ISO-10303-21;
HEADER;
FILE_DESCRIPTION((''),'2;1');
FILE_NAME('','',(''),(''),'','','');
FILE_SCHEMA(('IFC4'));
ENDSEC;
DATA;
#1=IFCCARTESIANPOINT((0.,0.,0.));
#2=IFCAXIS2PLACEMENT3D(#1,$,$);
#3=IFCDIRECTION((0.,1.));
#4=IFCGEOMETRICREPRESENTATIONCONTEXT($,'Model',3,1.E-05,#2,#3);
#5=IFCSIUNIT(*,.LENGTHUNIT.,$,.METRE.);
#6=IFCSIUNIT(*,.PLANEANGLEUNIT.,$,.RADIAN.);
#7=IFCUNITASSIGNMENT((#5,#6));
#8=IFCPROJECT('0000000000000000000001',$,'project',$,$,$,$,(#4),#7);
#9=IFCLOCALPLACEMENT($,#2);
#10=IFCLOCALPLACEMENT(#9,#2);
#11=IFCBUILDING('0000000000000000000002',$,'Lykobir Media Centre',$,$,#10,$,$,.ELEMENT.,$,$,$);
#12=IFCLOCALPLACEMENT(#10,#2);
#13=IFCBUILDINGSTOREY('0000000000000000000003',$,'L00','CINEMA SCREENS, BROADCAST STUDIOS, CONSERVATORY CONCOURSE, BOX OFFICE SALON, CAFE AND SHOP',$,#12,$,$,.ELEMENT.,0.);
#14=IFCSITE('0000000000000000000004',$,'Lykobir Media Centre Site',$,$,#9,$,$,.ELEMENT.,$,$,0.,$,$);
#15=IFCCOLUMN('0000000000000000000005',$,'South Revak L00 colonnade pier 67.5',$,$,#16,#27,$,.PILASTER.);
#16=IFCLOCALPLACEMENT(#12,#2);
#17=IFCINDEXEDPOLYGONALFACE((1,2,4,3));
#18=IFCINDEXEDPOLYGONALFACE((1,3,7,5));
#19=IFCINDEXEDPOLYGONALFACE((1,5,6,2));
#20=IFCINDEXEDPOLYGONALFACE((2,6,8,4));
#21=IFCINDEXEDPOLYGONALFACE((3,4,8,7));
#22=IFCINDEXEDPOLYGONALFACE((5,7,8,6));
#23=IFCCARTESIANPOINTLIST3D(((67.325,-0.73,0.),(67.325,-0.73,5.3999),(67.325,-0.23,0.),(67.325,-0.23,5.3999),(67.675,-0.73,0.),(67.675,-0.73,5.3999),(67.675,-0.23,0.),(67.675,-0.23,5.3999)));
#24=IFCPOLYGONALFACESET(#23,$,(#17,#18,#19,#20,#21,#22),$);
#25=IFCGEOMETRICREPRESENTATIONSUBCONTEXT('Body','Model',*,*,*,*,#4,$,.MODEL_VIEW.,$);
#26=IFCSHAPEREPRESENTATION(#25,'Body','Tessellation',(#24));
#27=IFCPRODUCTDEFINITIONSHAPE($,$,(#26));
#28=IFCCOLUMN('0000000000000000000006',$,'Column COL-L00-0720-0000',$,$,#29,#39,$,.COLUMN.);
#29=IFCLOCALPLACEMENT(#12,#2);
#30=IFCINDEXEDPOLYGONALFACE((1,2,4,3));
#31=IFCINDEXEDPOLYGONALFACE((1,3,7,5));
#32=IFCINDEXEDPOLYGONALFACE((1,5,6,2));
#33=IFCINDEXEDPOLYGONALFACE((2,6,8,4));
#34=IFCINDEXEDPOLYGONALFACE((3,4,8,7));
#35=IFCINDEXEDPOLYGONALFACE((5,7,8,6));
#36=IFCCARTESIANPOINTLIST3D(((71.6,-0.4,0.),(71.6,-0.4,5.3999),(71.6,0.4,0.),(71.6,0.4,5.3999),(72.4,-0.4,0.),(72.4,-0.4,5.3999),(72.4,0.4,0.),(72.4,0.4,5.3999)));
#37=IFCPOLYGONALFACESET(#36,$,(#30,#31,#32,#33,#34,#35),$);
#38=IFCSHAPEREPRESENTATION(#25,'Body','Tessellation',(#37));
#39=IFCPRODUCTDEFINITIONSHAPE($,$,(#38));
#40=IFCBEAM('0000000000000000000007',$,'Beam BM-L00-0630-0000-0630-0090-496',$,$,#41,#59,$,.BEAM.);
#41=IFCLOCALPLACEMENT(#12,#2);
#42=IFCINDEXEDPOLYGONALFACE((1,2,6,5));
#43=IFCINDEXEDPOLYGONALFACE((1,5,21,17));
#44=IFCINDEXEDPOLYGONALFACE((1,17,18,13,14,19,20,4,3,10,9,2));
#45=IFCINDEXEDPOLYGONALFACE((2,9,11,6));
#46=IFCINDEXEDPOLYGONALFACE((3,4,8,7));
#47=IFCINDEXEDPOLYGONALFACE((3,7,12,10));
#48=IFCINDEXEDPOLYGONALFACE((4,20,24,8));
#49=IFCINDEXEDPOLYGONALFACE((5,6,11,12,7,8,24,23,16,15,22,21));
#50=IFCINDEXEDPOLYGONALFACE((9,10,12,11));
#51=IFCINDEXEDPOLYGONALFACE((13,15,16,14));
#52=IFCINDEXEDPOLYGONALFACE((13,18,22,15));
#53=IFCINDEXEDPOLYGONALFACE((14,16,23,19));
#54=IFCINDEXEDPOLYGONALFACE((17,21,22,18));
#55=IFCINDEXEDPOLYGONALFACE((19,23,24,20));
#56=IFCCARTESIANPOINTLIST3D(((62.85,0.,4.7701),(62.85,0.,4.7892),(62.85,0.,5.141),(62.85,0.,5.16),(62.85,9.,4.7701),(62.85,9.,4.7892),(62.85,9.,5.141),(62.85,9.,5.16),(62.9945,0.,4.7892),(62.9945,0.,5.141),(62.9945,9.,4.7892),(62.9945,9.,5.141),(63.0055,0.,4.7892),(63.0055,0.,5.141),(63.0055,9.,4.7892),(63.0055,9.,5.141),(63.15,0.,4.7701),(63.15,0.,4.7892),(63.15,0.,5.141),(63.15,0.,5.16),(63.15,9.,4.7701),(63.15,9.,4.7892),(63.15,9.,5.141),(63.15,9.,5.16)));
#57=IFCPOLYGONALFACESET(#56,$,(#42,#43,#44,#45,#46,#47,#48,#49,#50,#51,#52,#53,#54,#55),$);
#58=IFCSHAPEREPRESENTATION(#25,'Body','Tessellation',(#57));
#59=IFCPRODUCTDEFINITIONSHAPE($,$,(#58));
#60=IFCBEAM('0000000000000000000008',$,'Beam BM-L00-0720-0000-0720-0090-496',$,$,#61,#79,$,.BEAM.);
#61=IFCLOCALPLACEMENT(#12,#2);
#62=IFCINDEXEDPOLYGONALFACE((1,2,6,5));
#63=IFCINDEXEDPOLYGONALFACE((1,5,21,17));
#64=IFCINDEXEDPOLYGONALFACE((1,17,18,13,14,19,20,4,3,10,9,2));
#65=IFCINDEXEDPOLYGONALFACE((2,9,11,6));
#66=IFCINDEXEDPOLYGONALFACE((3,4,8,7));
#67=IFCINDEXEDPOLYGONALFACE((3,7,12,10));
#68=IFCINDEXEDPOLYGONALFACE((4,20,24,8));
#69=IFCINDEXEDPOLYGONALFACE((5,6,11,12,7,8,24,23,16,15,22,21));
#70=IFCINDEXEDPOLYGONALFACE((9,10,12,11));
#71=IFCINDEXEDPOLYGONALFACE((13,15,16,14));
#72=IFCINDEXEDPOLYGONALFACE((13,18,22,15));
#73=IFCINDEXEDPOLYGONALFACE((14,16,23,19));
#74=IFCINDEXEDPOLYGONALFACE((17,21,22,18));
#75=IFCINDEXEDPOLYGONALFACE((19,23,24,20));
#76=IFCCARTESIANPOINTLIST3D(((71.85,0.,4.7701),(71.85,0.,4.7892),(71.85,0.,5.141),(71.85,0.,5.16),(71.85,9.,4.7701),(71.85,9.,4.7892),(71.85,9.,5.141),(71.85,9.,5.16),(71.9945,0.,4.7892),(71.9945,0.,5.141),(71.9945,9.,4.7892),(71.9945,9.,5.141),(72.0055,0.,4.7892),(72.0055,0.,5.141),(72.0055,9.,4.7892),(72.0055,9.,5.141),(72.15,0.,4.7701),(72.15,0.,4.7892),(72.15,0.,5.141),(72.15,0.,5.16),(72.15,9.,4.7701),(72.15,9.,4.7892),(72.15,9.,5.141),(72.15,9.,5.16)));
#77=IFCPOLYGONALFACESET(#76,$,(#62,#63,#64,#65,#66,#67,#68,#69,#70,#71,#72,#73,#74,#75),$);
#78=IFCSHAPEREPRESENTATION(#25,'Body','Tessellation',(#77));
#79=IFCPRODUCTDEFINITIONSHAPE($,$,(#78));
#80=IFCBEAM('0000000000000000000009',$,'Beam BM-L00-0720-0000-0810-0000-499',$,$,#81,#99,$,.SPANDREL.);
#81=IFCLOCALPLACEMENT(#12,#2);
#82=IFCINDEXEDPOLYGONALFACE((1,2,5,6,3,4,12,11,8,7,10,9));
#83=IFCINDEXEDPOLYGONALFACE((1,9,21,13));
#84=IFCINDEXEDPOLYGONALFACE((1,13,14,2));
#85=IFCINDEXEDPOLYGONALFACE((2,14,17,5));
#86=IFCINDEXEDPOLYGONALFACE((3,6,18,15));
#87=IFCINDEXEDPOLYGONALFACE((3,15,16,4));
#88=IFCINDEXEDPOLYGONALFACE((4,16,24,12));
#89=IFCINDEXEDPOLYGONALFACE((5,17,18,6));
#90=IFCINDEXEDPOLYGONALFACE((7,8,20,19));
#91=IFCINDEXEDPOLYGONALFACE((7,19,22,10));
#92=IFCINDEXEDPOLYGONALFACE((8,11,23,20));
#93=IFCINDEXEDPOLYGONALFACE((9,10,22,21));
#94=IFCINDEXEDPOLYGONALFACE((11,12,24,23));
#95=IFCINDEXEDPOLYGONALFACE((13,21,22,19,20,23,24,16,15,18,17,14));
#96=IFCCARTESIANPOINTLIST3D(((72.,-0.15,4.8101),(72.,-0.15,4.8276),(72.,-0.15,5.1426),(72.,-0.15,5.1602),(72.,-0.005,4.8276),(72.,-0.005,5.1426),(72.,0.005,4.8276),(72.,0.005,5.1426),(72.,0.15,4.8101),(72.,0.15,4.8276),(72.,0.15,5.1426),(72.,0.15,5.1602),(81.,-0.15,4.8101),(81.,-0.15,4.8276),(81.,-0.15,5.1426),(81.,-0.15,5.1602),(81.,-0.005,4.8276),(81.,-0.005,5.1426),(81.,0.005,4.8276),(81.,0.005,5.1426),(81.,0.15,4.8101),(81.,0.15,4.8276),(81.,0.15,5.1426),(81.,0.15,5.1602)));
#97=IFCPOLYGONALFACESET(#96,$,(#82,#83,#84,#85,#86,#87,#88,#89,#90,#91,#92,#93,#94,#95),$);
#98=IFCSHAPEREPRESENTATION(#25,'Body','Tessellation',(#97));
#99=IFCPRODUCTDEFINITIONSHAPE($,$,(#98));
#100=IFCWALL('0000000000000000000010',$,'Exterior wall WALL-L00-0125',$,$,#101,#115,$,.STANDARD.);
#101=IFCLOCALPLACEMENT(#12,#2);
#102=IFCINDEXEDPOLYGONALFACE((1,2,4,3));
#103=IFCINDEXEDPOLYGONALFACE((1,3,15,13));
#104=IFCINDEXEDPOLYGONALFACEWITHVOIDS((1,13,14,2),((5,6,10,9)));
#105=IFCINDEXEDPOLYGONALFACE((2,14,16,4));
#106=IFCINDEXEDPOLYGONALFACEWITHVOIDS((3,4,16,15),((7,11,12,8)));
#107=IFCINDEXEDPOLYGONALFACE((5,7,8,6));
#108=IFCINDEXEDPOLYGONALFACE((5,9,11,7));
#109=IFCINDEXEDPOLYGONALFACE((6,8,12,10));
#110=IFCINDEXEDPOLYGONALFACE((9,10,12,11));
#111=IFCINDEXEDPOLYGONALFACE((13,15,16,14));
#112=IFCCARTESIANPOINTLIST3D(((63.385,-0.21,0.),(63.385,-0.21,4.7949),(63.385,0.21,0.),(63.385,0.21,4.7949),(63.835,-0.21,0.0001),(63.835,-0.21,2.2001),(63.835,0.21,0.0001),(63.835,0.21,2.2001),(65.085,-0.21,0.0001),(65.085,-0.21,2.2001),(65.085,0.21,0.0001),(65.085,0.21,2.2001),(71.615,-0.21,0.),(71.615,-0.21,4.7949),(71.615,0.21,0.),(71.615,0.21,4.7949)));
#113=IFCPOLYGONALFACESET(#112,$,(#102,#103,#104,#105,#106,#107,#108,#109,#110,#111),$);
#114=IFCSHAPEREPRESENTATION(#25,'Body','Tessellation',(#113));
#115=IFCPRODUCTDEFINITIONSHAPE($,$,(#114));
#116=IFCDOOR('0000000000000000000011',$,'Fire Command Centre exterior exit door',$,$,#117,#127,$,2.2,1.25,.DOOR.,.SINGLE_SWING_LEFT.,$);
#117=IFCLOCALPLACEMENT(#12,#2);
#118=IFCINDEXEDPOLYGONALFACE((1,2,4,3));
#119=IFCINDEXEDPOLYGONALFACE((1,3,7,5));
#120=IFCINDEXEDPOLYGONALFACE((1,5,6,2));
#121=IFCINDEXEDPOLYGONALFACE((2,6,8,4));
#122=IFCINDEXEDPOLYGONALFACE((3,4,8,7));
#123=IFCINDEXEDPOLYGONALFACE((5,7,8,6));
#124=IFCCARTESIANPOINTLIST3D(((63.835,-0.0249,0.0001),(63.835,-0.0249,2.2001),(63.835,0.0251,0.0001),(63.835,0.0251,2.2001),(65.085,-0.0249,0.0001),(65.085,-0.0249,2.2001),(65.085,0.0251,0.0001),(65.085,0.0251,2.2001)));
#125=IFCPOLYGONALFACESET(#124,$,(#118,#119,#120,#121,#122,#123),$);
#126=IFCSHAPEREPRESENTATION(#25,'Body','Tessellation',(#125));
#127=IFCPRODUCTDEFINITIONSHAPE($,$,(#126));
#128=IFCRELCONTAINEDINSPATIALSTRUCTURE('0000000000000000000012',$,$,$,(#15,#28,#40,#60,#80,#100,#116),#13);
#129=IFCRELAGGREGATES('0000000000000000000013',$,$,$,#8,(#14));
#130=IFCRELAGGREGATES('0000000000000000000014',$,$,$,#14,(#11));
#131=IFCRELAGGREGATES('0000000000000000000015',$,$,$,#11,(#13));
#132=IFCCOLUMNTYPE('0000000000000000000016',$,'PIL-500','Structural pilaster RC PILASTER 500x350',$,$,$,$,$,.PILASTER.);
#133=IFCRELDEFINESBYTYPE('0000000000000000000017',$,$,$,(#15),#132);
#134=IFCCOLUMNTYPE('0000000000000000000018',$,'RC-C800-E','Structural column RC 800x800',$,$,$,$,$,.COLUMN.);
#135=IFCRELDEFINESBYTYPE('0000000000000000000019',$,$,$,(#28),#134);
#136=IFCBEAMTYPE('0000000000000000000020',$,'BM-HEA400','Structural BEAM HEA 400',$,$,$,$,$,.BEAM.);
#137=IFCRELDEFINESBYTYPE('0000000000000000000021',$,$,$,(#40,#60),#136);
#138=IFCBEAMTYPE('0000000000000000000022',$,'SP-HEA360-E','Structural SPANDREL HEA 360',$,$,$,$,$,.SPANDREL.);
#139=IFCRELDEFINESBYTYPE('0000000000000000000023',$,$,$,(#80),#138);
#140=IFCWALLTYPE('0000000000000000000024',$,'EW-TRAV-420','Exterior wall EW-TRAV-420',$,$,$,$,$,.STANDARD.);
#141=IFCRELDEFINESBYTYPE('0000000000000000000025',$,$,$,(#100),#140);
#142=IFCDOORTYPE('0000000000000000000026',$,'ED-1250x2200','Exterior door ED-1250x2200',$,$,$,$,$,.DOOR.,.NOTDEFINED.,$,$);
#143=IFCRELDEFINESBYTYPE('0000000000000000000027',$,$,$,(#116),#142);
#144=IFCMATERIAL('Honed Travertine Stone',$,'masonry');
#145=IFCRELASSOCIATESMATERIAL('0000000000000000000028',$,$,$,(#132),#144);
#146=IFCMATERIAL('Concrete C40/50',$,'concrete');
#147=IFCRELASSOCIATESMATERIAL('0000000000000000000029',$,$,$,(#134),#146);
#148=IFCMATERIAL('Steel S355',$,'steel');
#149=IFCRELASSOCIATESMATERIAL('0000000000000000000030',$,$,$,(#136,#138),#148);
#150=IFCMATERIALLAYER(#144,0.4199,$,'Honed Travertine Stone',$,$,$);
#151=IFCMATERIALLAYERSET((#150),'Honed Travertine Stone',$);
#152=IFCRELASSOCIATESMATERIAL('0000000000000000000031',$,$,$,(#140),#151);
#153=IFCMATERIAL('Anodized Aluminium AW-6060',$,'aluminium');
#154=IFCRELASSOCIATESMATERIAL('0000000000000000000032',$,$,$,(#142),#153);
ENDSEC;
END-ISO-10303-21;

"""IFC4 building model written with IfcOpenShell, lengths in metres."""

from ifc_helpers import new_model, si_unit, direction, frame, frame_2d, origin, origin_2d, place, context, subcontext, project, spatial, rectangle, i_section, extrude, material, layer, layer_set, material_profile, profile_set, type_object, element, fill, save


model = new_model("IFC4")

# Units and contexts
model_context = context("Model", 3, precision=1e-05, world=origin(), true_north=direction((0.0, 1.0)))
body_context = subcontext(model_context, "Body", "Model", "MODEL_VIEW")
ifc_project = project(units=[si_unit("LENGTHUNIT", "METRE"), si_unit("PLANEANGLEUNIT", "RADIAN")], contexts=[model_context])

# Site, building, storey
site_placement = place(None, origin())
site = spatial("IfcSite", under=ifc_project, at=site_placement, Name="Lykobir Media Centre Site", CompositionType="ELEMENT", RefElevation=0.0)
building_placement = place(site_placement, origin())
building = spatial("IfcBuilding", under=site, at=building_placement, Name="Lykobir Media Centre", CompositionType="ELEMENT")
storey_placement = place(building_placement, origin())
storey = spatial("IfcBuildingStorey", under=building, at=storey_placement, Name="L00", Description="CINEMA SCREENS, BROADCAST STUDIOS, CONSERVATORY CONCOURSE, BOX OFFICE SALON, CAFE AND SHOP", CompositionType="ELEMENT", Elevation=0.0)

# Columns
ifc_material_1 = material(Name="Honed Travertine Stone", Category="masonry")
ifc_material_profile_1 = material_profile(ifc_material_1, rectangle(XDim=0.3501, YDim=0.5, at=origin_2d()), Name="RC PILASTER 500x350")
ifc_profile_set_1 = profile_set([ifc_material_profile_1], Name="Honed Travertine Stone")
column_type_1 = type_object("IfcColumnType", Name="PIL-500", Description="Structural pilaster RC PILASTER 500x350", PredefinedType="PILASTER", material=ifc_profile_set_1)
column_1_placement = place(storey_placement, frame((67.5, -0.48, 0.0), z_axis=(0.0, 0.0, 1.0), x_axis=(1.0, 0.0, 0.0)))
element("IfcColumn", 1, at=column_1_placement, inside=storey, type_object=column_type_1, Name="South Revak L00 colonnade pier 67.5", PredefinedType="PILASTER", context=body_context, shape_type="SweptSolid", body=[
    extrude(rectangle(XDim=0.3501, YDim=0.5, at=origin_2d()), origin(), (0.0, 0.0, 1.0), 5.3999),
])
ifc_material_2 = material(Name="Concrete C40/50", Category="concrete")
ifc_material_profile_2 = material_profile(ifc_material_2, rectangle(XDim=0.8, YDim=0.8, at=origin_2d()), Name="RC 800x800")
ifc_profile_set_2 = profile_set([ifc_material_profile_2], Name="Concrete C40/50")
column_type_2 = type_object("IfcColumnType", Name="RC-C800-E", Description="Structural column RC 800x800", PredefinedType="COLUMN", material=ifc_profile_set_2)
column_2_placement = place(storey_placement, frame((72.0, 0.0, 0.0), z_axis=(0.0, 0.0, 1.0), x_axis=(1.0, 0.0, 0.0)))
element("IfcColumn", 2, at=column_2_placement, inside=storey, type_object=column_type_2, Name="Column COL-L00-0720-0000", PredefinedType="COLUMN", context=body_context, shape_type="SweptSolid", body=[
    extrude(rectangle(XDim=0.8, YDim=0.8, at=origin_2d()), origin(), (0.0, 0.0, 1.0), 5.3999),
])

# Beams
ifc_material_3 = material(Name="Steel S355", Category="steel")
ifc_material_profile_3 = material_profile(ifc_material_3, i_section(OverallWidth=0.3, OverallDepth=0.3899, WebThickness=0.011, FlangeThickness=0.019, at=origin_2d()), Name="HEA 400")
ifc_profile_set_3 = profile_set([ifc_material_profile_3], Name="Steel S355")
beam_type_1 = type_object("IfcBeamType", Name="BM-HEA400", Description="Structural BEAM HEA 400", PredefinedType="BEAM", material=ifc_profile_set_3)
for number, where, z_axis, x_axis, name in (
    (3, (63.0, 0.0, 4.9651), (0.0, 1.0, 0.0), (-1.0, 0.0, 0.0), "Beam BM-L00-0630-0000-0630-0090-496"),
    (4, (72.0, 0.0, 4.9651), (0.0, 1.0, 0.0), (-1.0, 0.0, 0.0), "Beam BM-L00-0720-0000-0720-0090-496"),
):
    element("IfcBeam", number, at=place(storey_placement, frame(where, z_axis=z_axis, x_axis=x_axis)), inside=storey, type_object=beam_type_1, Name=name, PredefinedType="BEAM", context=body_context, shape_type="SweptSolid", body=[
        extrude(i_section(OverallWidth=0.3, OverallDepth=0.3899, WebThickness=0.011, FlangeThickness=0.019, at=origin_2d()), origin(), (0.0, 0.0, 1.0), 9.0),
    ])
ifc_material_profile_4 = material_profile(ifc_material_3, i_section(OverallWidth=0.3, OverallDepth=0.3501, WebThickness=0.01, FlangeThickness=0.0176, at=origin_2d()), Name="HEA 360")
ifc_profile_set_4 = profile_set([ifc_material_profile_4], Name="Steel S355")
beam_type_2 = type_object("IfcBeamType", Name="SP-HEA360-E", Description="Structural SPANDREL HEA 360", PredefinedType="SPANDREL", material=ifc_profile_set_4)
beam_placement = place(storey_placement, frame((72.0, 0.0, 4.9851), z_axis=(1.0, 0.0, 0.0), x_axis=(0.0, 1.0, 0.0)))
element("IfcBeam", 5, at=beam_placement, inside=storey, type_object=beam_type_2, Name="Beam BM-L00-0720-0000-0810-0000-499", PredefinedType="SPANDREL", context=body_context, shape_type="SweptSolid", body=[
    extrude(i_section(OverallWidth=0.3, OverallDepth=0.3501, WebThickness=0.01, FlangeThickness=0.0176, at=origin_2d()), origin(), (0.0, 0.0, 1.0), 9.0),
])

# Wall, opening, door
ifc_layer_1 = layer(ifc_material_1, 0.4199, Name="Honed Travertine Stone")
ifc_layer_set_1 = layer_set([ifc_layer_1], Name="Honed Travertine Stone")
wall_type_1 = type_object("IfcWallType", Name="EW-TRAV-420", Description="Exterior wall EW-TRAV-420", PredefinedType="STANDARD", material=ifc_layer_set_1)
wall_1_placement = place(storey_placement, frame((63.385, 0.0, 0.0), z_axis=(0.0, 0.0, 1.0), x_axis=(1.0, 0.0, 0.0)))
wall_1 = element("IfcWall", 6, at=wall_1_placement, inside=storey, type_object=wall_type_1, Name="Exterior wall WALL-L00-0125", PredefinedType="STANDARD", context=body_context, shape_type="SweptSolid", body=[
    extrude(rectangle(XDim=8.23, YDim=0.4199, at=frame_2d((4.115, 0.0))), origin(), (0.0, 0.0, 1.0), 4.7949),
])
opening_1_placement = place(wall_1_placement, frame((0.45, 0.0, 0.0)))
opening_1 = element("IfcOpeningElement", 7, at=opening_1_placement, cuts=wall_1, PredefinedType="OPENING", context=body_context, shape_type="SweptSolid", body=[
    extrude(rectangle(XDim=1.25, YDim=2.2, at=frame_2d((0.625, 1.1001))), frame((0.0, 0.22, 0.0), z_axis=(0.0, -1.0, 0.0), x_axis=(1.0, 0.0, 0.0)), (0.0, 0.0, 1.0), 0.4399),
])
ifc_material_4 = material(Name="Anodized Aluminium AW-6060", Category="aluminium")
door_type_1 = type_object("IfcDoorType", Name="ED-1250x2200", Description="Exterior door ED-1250x2200", OperationType="NOTDEFINED", PredefinedType="DOOR", material=ifc_material_4)
door_1_placement = place(opening_1_placement, frame((1.25, 0.0, 0.0), z_axis=(0.0, 0.0, 1.0), x_axis=(-1.0, 0.0, 0.0)))
door_1 = element("IfcDoor", 8, at=door_1_placement, inside=storey, type_object=door_type_1, Name="Fire Command Centre exterior exit door", OperationType="SINGLE_SWING_LEFT", OverallHeight=2.2, OverallWidth=1.25, PredefinedType="DOOR", context=body_context, shape_type="SweptSolid", body=[
    extrude(rectangle(XDim=1.25, YDim=2.2, at=frame_2d((0.625, 1.1001))), frame((0.0, 0.0249, 0.0), z_axis=(0.0, -1.0, 0.0), x_axis=(1.0, 0.0, 0.0)), (0.0, 0.0, 1.0), 0.05),
])
fill(opening_1, door_1)

save(model, "model.ifc")
